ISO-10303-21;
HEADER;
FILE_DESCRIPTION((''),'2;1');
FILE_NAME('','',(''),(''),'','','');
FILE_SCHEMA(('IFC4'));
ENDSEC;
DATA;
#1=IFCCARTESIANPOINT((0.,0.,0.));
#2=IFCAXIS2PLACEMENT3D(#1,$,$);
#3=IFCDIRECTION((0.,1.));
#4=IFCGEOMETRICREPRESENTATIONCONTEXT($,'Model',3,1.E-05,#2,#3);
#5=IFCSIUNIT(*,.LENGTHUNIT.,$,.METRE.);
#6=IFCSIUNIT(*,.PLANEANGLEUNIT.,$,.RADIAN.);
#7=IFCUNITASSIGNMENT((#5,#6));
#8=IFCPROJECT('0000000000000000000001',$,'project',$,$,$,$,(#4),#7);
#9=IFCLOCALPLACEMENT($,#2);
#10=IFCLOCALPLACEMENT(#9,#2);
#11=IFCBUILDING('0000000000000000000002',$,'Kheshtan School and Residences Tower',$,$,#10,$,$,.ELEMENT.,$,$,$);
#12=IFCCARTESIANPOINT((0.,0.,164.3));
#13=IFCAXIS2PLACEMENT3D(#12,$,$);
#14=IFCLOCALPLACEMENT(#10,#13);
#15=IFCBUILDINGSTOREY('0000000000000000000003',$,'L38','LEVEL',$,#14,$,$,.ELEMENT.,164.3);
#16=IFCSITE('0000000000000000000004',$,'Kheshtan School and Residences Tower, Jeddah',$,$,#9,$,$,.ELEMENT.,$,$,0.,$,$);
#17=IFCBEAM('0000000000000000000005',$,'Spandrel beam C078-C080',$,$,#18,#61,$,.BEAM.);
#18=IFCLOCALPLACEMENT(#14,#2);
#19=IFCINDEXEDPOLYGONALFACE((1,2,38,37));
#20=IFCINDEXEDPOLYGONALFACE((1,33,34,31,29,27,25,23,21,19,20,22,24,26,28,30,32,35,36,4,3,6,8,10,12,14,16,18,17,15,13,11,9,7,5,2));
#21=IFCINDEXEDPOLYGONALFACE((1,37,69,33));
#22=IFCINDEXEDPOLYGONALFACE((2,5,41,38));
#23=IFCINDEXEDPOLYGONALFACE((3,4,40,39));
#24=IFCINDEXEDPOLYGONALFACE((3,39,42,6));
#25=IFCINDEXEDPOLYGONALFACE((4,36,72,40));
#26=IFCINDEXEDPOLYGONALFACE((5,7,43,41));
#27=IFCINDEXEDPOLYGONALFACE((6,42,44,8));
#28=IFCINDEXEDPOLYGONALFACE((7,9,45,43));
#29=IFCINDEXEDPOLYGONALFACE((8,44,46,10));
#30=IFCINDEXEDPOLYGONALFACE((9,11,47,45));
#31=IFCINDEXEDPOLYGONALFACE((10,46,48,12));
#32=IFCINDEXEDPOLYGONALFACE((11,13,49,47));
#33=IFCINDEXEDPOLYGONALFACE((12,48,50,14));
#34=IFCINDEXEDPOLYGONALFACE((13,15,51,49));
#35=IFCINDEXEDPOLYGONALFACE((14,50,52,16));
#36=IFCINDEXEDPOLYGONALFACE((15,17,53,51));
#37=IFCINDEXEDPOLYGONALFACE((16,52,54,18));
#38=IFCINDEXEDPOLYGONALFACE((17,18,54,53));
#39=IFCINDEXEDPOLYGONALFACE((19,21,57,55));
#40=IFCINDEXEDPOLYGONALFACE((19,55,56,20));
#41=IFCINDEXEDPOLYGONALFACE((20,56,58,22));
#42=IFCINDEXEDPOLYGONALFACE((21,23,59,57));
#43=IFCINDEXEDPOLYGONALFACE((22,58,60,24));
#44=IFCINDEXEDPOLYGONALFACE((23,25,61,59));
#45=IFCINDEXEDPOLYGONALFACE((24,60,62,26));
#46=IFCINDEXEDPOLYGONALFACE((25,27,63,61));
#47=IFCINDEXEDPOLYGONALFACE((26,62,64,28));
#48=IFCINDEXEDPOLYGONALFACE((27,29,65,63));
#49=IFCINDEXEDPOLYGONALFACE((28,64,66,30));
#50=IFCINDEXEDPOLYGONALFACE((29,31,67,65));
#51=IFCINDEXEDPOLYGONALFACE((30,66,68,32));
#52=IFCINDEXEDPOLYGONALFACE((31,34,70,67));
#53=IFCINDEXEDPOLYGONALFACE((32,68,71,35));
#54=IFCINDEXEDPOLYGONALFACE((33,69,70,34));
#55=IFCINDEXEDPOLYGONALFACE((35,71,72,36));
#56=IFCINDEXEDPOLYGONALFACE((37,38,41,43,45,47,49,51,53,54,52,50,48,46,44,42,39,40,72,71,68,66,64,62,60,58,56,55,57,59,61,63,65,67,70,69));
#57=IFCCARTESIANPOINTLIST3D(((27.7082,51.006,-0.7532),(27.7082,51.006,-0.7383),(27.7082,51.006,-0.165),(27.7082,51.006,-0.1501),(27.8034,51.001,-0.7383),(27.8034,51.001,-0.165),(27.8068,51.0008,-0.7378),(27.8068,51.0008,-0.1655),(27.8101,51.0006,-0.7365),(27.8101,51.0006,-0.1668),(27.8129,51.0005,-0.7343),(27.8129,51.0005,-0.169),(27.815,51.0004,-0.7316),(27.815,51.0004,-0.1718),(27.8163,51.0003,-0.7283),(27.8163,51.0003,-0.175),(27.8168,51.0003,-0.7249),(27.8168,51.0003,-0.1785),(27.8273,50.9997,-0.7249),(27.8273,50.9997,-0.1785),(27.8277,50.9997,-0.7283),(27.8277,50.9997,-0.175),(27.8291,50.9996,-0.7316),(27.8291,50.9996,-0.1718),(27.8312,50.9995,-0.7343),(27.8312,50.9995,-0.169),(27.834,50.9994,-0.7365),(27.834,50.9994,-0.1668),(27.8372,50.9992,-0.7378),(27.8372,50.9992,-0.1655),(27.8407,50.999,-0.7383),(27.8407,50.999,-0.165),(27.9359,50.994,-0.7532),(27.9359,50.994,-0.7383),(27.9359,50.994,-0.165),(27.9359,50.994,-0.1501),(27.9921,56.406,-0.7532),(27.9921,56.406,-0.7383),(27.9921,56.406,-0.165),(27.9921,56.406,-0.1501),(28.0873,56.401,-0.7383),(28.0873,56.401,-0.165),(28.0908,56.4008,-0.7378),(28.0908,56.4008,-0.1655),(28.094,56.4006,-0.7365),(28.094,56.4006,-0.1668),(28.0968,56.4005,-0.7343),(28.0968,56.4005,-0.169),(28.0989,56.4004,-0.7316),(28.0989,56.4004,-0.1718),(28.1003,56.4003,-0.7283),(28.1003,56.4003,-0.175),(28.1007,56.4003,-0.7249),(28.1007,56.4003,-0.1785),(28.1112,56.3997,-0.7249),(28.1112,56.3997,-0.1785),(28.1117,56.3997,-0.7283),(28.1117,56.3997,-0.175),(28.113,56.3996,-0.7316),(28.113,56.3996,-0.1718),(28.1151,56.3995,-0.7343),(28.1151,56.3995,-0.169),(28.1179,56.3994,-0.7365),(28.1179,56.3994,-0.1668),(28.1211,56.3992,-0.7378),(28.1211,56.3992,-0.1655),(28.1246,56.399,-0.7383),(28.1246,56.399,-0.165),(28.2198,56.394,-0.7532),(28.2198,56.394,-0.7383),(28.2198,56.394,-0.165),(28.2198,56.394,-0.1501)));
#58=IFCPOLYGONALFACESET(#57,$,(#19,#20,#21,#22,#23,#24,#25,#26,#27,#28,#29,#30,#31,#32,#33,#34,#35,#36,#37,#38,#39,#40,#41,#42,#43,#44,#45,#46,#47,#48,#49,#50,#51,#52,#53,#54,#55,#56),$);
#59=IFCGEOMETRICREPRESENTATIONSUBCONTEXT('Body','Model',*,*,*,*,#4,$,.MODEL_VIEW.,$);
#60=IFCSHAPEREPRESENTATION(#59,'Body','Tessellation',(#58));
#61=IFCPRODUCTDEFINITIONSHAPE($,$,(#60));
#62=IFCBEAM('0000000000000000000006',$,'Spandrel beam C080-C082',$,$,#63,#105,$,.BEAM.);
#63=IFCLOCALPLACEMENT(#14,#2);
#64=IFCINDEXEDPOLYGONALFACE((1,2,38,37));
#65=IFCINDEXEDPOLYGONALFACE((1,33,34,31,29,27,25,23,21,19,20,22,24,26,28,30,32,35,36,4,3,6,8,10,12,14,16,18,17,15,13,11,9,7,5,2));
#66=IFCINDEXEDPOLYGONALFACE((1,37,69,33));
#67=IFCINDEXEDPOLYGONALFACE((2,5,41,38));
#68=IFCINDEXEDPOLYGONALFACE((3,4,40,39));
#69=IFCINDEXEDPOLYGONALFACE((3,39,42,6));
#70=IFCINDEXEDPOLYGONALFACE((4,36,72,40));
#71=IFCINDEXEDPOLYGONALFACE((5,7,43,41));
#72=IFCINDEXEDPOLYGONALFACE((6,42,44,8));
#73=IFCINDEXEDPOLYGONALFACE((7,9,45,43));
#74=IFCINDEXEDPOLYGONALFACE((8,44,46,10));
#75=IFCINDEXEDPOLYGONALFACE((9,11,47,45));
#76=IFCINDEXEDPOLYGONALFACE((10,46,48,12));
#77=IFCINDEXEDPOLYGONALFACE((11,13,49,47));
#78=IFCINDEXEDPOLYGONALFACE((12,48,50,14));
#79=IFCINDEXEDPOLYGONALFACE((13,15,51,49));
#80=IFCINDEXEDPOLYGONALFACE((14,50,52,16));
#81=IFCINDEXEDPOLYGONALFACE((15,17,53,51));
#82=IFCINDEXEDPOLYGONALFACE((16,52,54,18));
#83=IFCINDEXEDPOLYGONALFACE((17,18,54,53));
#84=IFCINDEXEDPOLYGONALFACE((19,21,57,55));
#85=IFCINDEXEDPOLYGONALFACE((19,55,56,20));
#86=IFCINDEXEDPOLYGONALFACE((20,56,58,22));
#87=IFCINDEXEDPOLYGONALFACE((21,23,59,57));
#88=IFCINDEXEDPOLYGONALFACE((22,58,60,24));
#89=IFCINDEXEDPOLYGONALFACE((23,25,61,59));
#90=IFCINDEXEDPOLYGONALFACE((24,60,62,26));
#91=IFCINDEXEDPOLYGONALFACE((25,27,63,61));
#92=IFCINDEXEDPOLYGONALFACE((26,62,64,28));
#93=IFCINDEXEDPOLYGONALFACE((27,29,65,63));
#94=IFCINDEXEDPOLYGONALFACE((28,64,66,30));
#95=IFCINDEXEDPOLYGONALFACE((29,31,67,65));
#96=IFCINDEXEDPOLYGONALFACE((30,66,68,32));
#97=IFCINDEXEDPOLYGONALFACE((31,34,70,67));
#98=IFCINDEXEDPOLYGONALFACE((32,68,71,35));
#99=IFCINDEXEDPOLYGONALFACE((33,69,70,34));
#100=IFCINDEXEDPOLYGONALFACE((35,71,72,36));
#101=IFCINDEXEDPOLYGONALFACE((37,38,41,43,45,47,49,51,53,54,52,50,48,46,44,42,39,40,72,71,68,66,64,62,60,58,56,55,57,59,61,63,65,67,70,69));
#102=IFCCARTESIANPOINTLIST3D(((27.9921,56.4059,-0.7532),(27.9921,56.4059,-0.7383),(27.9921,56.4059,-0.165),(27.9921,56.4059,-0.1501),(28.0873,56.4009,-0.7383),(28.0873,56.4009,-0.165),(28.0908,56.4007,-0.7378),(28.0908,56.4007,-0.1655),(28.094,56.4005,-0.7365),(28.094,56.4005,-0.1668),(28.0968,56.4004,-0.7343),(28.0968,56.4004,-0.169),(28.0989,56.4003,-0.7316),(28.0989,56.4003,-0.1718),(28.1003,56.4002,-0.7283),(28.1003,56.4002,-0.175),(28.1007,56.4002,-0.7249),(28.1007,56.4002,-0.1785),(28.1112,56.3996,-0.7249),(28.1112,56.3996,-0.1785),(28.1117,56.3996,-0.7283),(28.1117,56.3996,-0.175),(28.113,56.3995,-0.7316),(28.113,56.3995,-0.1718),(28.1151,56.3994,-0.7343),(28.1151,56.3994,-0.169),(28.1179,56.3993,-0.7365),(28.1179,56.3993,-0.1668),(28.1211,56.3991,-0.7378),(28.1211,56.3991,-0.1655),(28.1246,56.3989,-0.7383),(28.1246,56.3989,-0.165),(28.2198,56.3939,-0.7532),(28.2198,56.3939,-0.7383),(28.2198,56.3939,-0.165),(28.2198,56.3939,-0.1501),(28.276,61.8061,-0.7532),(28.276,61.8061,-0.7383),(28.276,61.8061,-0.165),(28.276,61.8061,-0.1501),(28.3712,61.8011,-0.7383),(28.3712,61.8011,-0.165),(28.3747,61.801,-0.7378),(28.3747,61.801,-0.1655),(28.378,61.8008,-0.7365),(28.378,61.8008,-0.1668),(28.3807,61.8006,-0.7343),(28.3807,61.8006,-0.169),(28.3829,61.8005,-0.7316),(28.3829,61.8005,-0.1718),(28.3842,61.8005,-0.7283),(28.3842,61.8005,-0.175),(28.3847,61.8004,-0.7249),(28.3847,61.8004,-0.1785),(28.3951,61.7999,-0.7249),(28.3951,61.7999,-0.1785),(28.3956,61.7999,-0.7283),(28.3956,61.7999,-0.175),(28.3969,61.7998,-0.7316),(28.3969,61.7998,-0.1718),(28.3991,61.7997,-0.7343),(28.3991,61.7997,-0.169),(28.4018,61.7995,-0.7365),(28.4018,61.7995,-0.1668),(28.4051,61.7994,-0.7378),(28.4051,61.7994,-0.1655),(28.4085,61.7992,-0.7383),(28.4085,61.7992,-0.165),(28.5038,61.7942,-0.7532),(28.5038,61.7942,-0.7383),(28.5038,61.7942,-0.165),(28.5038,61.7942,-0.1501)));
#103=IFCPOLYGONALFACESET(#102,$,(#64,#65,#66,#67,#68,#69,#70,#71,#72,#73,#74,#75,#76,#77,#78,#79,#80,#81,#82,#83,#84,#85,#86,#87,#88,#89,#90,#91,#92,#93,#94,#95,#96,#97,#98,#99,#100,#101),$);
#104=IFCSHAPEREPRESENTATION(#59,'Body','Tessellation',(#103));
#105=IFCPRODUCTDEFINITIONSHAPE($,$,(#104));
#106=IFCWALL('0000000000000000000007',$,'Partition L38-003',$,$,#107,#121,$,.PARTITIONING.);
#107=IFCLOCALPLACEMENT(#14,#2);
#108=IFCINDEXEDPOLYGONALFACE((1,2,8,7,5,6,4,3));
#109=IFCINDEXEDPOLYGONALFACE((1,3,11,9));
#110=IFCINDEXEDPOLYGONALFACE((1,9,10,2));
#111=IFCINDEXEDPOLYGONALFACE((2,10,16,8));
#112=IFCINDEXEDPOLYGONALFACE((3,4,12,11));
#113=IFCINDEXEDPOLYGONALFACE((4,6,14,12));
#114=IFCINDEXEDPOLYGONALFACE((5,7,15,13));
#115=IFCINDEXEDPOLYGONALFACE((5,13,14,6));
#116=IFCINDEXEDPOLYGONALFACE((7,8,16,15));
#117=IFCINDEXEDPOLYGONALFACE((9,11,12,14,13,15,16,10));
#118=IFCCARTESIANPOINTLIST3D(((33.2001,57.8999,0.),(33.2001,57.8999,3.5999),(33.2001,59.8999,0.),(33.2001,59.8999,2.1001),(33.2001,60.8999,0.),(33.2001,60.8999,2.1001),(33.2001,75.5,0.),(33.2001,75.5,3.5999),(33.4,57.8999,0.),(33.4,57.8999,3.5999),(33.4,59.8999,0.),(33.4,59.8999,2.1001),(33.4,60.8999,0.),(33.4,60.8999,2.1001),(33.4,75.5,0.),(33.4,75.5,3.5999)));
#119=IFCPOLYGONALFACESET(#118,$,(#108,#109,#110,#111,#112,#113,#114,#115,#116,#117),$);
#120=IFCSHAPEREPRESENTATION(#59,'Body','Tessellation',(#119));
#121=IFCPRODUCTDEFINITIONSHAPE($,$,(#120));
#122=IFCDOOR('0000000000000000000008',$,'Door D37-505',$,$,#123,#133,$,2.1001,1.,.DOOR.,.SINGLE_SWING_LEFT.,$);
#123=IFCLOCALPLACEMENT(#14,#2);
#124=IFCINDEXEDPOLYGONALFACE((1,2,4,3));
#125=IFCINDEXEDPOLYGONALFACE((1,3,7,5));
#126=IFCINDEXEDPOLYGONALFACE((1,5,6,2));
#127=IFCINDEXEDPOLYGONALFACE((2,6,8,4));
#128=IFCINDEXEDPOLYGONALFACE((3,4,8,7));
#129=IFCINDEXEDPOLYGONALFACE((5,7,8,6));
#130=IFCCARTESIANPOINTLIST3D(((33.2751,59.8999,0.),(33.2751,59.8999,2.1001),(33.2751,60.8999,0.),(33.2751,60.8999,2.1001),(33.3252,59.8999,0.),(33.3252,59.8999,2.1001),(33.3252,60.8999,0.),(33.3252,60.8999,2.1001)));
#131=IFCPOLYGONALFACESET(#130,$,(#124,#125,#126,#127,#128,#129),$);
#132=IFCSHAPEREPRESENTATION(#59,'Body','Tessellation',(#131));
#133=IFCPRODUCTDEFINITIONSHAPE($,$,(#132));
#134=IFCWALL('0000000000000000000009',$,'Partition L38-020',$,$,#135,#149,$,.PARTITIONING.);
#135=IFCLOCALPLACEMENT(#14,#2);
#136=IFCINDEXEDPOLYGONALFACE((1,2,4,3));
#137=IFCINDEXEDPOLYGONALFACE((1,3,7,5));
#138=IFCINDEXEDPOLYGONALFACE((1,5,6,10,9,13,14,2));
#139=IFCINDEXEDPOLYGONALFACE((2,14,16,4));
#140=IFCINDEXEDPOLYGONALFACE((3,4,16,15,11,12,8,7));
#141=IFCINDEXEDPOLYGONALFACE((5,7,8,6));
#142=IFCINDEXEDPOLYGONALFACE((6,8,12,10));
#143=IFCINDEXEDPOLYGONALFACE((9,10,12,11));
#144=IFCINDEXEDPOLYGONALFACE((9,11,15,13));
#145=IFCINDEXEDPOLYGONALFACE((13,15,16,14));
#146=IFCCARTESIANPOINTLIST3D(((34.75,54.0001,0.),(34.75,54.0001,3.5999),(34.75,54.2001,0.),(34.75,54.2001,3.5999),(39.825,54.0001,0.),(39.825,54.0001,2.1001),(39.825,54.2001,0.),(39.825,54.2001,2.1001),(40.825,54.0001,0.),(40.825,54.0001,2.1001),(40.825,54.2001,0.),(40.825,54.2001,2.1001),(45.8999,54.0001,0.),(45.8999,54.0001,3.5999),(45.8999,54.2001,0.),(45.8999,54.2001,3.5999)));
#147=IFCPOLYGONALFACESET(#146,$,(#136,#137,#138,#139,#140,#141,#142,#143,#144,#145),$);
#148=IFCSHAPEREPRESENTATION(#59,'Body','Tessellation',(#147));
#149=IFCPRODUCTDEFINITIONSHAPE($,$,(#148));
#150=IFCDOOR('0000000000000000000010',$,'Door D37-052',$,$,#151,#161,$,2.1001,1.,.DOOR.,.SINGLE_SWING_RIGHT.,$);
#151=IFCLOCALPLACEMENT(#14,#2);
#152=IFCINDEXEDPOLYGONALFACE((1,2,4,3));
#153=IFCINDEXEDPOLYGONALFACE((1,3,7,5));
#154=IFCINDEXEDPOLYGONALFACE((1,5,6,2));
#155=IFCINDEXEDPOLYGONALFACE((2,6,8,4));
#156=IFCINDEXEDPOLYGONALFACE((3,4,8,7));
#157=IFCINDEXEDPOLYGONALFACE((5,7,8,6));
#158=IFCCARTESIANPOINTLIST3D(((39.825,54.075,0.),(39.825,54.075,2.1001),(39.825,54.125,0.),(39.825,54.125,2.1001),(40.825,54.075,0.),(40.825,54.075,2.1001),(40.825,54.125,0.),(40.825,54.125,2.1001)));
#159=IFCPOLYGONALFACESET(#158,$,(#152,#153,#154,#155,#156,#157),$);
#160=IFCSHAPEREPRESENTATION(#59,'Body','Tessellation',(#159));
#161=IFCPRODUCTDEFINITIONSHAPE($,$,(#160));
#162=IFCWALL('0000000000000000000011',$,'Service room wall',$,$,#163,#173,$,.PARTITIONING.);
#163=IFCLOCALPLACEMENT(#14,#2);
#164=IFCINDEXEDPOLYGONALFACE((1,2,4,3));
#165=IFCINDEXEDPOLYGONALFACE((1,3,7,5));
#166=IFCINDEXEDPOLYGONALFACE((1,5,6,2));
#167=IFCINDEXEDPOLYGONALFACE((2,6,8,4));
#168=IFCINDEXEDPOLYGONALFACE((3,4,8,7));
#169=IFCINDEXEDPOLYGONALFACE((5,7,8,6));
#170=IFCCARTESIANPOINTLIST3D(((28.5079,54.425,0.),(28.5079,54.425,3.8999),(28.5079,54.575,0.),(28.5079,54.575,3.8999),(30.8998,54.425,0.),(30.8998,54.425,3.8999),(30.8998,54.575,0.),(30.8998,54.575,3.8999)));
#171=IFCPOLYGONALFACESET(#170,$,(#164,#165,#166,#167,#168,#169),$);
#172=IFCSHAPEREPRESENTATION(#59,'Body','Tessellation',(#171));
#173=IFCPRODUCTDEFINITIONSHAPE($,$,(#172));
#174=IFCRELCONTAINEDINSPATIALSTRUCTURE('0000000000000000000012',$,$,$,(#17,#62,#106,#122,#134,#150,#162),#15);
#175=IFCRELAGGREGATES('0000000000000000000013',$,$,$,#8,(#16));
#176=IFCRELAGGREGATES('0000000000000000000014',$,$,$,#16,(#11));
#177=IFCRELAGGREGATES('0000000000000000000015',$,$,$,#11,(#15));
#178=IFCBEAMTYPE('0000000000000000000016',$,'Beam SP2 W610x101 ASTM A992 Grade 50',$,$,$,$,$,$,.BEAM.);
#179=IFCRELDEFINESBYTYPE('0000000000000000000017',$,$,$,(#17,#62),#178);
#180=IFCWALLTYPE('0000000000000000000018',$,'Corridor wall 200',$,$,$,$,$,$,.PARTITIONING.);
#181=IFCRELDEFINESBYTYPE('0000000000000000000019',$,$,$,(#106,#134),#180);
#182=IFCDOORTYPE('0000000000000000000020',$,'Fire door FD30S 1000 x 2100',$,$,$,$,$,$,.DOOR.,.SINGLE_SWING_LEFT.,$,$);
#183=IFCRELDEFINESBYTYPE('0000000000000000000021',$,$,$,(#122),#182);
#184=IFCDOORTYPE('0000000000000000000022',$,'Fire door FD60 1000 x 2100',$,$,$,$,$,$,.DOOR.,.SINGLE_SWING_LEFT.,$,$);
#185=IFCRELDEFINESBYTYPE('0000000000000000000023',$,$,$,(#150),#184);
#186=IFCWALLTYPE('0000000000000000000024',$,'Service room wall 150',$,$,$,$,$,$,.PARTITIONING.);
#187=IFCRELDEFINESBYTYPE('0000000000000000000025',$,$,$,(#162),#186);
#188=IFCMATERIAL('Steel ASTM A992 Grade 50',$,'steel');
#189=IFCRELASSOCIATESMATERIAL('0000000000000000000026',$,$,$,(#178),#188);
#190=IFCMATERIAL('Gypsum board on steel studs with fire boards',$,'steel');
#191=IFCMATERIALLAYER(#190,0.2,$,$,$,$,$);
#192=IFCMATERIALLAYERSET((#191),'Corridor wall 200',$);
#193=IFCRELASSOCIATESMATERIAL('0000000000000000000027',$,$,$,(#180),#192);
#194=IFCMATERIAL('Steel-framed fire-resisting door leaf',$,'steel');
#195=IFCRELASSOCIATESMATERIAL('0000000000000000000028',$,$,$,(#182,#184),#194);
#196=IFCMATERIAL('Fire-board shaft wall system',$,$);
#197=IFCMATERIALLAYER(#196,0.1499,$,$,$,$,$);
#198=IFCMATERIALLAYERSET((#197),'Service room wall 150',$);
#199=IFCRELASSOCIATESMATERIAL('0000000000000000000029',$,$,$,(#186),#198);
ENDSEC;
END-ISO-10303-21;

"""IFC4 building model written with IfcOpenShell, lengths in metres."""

from ifc_helpers import new_model, si_unit, direction, frame, frame_2d, origin, origin_2d, place, context, subcontext, project, spatial, rectangle, i_section, extrude, source, transform, mapped, material, layer, layer_set, material_profile, profile_set, type_object, element, fill, save


model = new_model("IFC4")

# Units and contexts
model_context = context("Model", 3, precision=1e-05, world=origin(), true_north=direction((0.0, 1.0)))
body_context = subcontext(model_context, "Body", "Model", "MODEL_VIEW")
ifc_project = project(units=[si_unit("LENGTHUNIT", "METRE"), si_unit("PLANEANGLEUNIT", "RADIAN")], contexts=[model_context])

# Site, building, storey
site_placement = place(None, origin())
site = spatial("IfcSite", under=ifc_project, at=site_placement, Name="Kheshtan School and Residences Tower, Jeddah", CompositionType="ELEMENT", RefElevation=0.0)
building_placement = place(site_placement, origin())
building = spatial("IfcBuilding", under=site, at=building_placement, Name="Kheshtan School and Residences Tower", CompositionType="ELEMENT")
storey_placement = place(building_placement, frame((0.0, 0.0, 164.3)))
storey = spatial("IfcBuildingStorey", under=building, at=storey_placement, Name="L38", Description="LEVEL", CompositionType="ELEMENT", Elevation=164.3)

# Shared definitions
ifc_material_1 = material(Name="Steel ASTM A992 Grade 50", Category="steel")

# Beams
ifc_material_profile_1 = material_profile(ifc_material_1, i_section(OverallWidth=0.228, OverallDepth=0.603, WebThickness=0.0105, FlangeThickness=0.0149, FilletRadius=0.0134, at=origin_2d()), Name="W610x101")
ifc_profile_set_1 = profile_set([ifc_material_profile_1], Name="Steel ASTM A992 Grade 50")
beam_type = type_object("IfcBeamType", Name="Beam SP2 W610x101 ASTM A992 Grade 50", PredefinedType="BEAM", material=ifc_profile_set_1)
for number, where, z_axis, x_axis, name in (
    (1, (27.822, 51.0, -0.4517), (0.052509, 0.99862, 0.0), (-0.99862, 0.052509, 0.0), "Spandrel beam C078-C080"),
):
    element("IfcBeam", number, at=place(storey_placement, frame(where, z_axis=z_axis, x_axis=x_axis)), inside=storey, type_object=beam_type, Name=name, PredefinedType="BEAM", context=body_context, shape_type="SweptSolid", body=[
        extrude(i_section(OverallWidth=0.228, OverallDepth=0.603, WebThickness=0.0105, FlangeThickness=0.0149, FilletRadius=0.0134, at=origin_2d()), origin(), (0.0, 0.0, 1.0), 5.4075),
    ])
beam_placement = place(storey_placement, frame((28.106, 56.3999, -0.4517), z_axis=(0.052507, 0.998621, 0.0), x_axis=(-0.998621, 0.052507, 0.0)))
element("IfcBeam", 2, at=beam_placement, inside=storey, type_object=beam_type, Name="Spandrel beam C080-C082", PredefinedType="BEAM", context=body_context, shape_type="SweptSolid", body=[
    extrude(i_section(OverallWidth=0.228, OverallDepth=0.603, WebThickness=0.0105, FlangeThickness=0.0149, FilletRadius=0.0134, at=origin_2d()), origin(), (0.0, 0.0, 1.0), 5.4077),
])

# Walls, openings, doors
ifc_material_2 = material(Name="Gypsum board on steel studs with fire boards", Category="steel")
ifc_layer_1 = layer(ifc_material_2, 0.2)
ifc_layer_set_1 = layer_set([ifc_layer_1], Name="Corridor wall 200")
wall_type_1 = type_object("IfcWallType", Name="Corridor wall 200", PredefinedType="PARTITIONING", material=ifc_layer_set_1)
wall_1_placement = place(storey_placement, frame((33.3, 57.8999, 0.0), z_axis=(0.0, 0.0, 1.0), x_axis=(0.0, 1.0, 0.0)))
wall_1 = element("IfcWall", 3, at=wall_1_placement, inside=storey, type_object=wall_type_1, Name="Partition L38-003", PredefinedType="PARTITIONING", context=body_context, shape_type="SweptSolid", body=[
    extrude(rectangle(XDim=17.6001, YDim=0.2, at=frame_2d((8.8, 0.0))), origin(), (0.0, 0.0, 1.0), 3.5999),
])
opening_1_placement = place(wall_1_placement, frame((2.0, 0.0, 0.0)))
opening_1 = element("IfcOpeningElement", 4, at=opening_1_placement, cuts=wall_1, PredefinedType="OPENING", context=body_context, shape_type="SweptSolid", body=[
    extrude(rectangle(XDim=1.0, YDim=2.1001, at=frame_2d((0.5, 1.05))), frame((0.0, 0.1099, 0.0), z_axis=(0.0, -1.0, 0.0), x_axis=(1.0, 0.0, 0.0)), (0.0, 0.0, 1.0), 0.22),
])
ifc_material_3 = material(Name="Steel-framed fire-resisting door leaf", Category="steel")
door_type_1 = type_object("IfcDoorType", Name="Fire door FD30S 1000 x 2100", OperationType="SINGLE_SWING_LEFT", PredefinedType="DOOR", material=ifc_material_3)
shared_shape_1 = source(origin(), body_context, "Body", "SweptSolid", [
    extrude(rectangle(XDim=1.0, YDim=2.1001, at=frame_2d((0.5, 1.05))), frame((0.0, 0.0249, 0.0), z_axis=(0.0, -1.0, 0.0), x_axis=(1.0, 0.0, 0.0)), (0.0, 0.0, 1.0), 0.05),
])
door_1_placement = place(opening_1_placement, origin())
door_1 = element("IfcDoor", 5, at=door_1_placement, inside=storey, type_object=door_type_1, Name="Door D37-505", OperationType="SINGLE_SWING_LEFT", OverallHeight=2.1001, OverallWidth=1.0, PredefinedType="DOOR", context=body_context, shape_type="MappedRepresentation", body=[
    mapped(shared_shape_1, transform((0.0, 0.0, 0.0), x_axis=(1.0, 0.0, 0.0), y_axis=(0.0, 1.0, 0.0), z_axis=(0.0, 0.0, 1.0), scale=1.0)),
])
fill(opening_1, door_1)
wall_2_placement = place(storey_placement, frame((34.75, 54.1001, 0.0), z_axis=(0.0, 0.0, 1.0), x_axis=(1.0, 0.0, 0.0)))
wall_2 = element("IfcWall", 6, at=wall_2_placement, inside=storey, type_object=wall_type_1, Name="Partition L38-020", PredefinedType="PARTITIONING", context=body_context, shape_type="SweptSolid", body=[
    extrude(rectangle(XDim=11.1499, YDim=0.2, at=frame_2d((5.575, 0.0))), origin(), (0.0, 0.0, 1.0), 3.5999),
])
opening_2_placement = place(wall_2_placement, frame((5.075, 0.0, 0.0)))
opening_2 = element("IfcOpeningElement", 7, at=opening_2_placement, cuts=wall_2, PredefinedType="OPENING", context=body_context, shape_type="SweptSolid", body=[
    extrude(rectangle(XDim=1.0, YDim=2.1001, at=frame_2d((0.5, 1.05))), frame((0.0, 0.1099, 0.0), z_axis=(0.0, -1.0, 0.0), x_axis=(1.0, 0.0, 0.0)), (0.0, 0.0, 1.0), 0.22),
])
door_type_2 = type_object("IfcDoorType", Name="Fire door FD60 1000 x 2100", OperationType="SINGLE_SWING_LEFT", PredefinedType="DOOR", material=ifc_material_3)
shared_shape_2 = source(origin(), body_context, "Body", "SweptSolid", [
    extrude(rectangle(XDim=1.0, YDim=2.1001, at=frame_2d((0.5, 1.05))), frame((0.0, 0.0249, 0.0), z_axis=(0.0, -1.0, 0.0), x_axis=(1.0, 0.0, 0.0)), (0.0, 0.0, 1.0), 0.05),
])
door_2_placement = place(opening_2_placement, origin())
door_2 = element("IfcDoor", 8, at=door_2_placement, inside=storey, type_object=door_type_2, Name="Door D37-052", OperationType="SINGLE_SWING_RIGHT", OverallHeight=2.1001, OverallWidth=1.0, PredefinedType="DOOR", context=body_context, shape_type="MappedRepresentation", body=[
    mapped(shared_shape_2, transform((0.0, 0.0, 0.0), x_axis=(1.0, 0.0, 0.0), y_axis=(0.0, 1.0, 0.0), z_axis=(0.0, 0.0, 1.0), scale=1.0)),
])
fill(opening_2, door_2)

# Wall
ifc_material_4 = material(Name="Fire-board shaft wall system")
ifc_layer_2 = layer(ifc_material_4, 0.1499)
ifc_layer_set_2 = layer_set([ifc_layer_2], Name="Service room wall 150")
wall_type_2 = type_object("IfcWallType", Name="Service room wall 150", PredefinedType="PARTITIONING", material=ifc_layer_set_2)
wall_3_placement = place(storey_placement, frame((28.5081, 54.5, 0.0), z_axis=(0.0, 0.0, 1.0), x_axis=(1.0, 0.0, 0.0)))
element("IfcWall", 9, at=wall_3_placement, inside=storey, type_object=wall_type_2, Name="Service room wall", PredefinedType="PARTITIONING", context=body_context, shape_type="SweptSolid", body=[
    extrude(rectangle(XDim=2.3918, YDim=0.1499, at=frame_2d((1.1958, 0.0))), origin(), (0.0, 0.0, 1.0), 3.8999),
])

save(model, "model.ifc")
